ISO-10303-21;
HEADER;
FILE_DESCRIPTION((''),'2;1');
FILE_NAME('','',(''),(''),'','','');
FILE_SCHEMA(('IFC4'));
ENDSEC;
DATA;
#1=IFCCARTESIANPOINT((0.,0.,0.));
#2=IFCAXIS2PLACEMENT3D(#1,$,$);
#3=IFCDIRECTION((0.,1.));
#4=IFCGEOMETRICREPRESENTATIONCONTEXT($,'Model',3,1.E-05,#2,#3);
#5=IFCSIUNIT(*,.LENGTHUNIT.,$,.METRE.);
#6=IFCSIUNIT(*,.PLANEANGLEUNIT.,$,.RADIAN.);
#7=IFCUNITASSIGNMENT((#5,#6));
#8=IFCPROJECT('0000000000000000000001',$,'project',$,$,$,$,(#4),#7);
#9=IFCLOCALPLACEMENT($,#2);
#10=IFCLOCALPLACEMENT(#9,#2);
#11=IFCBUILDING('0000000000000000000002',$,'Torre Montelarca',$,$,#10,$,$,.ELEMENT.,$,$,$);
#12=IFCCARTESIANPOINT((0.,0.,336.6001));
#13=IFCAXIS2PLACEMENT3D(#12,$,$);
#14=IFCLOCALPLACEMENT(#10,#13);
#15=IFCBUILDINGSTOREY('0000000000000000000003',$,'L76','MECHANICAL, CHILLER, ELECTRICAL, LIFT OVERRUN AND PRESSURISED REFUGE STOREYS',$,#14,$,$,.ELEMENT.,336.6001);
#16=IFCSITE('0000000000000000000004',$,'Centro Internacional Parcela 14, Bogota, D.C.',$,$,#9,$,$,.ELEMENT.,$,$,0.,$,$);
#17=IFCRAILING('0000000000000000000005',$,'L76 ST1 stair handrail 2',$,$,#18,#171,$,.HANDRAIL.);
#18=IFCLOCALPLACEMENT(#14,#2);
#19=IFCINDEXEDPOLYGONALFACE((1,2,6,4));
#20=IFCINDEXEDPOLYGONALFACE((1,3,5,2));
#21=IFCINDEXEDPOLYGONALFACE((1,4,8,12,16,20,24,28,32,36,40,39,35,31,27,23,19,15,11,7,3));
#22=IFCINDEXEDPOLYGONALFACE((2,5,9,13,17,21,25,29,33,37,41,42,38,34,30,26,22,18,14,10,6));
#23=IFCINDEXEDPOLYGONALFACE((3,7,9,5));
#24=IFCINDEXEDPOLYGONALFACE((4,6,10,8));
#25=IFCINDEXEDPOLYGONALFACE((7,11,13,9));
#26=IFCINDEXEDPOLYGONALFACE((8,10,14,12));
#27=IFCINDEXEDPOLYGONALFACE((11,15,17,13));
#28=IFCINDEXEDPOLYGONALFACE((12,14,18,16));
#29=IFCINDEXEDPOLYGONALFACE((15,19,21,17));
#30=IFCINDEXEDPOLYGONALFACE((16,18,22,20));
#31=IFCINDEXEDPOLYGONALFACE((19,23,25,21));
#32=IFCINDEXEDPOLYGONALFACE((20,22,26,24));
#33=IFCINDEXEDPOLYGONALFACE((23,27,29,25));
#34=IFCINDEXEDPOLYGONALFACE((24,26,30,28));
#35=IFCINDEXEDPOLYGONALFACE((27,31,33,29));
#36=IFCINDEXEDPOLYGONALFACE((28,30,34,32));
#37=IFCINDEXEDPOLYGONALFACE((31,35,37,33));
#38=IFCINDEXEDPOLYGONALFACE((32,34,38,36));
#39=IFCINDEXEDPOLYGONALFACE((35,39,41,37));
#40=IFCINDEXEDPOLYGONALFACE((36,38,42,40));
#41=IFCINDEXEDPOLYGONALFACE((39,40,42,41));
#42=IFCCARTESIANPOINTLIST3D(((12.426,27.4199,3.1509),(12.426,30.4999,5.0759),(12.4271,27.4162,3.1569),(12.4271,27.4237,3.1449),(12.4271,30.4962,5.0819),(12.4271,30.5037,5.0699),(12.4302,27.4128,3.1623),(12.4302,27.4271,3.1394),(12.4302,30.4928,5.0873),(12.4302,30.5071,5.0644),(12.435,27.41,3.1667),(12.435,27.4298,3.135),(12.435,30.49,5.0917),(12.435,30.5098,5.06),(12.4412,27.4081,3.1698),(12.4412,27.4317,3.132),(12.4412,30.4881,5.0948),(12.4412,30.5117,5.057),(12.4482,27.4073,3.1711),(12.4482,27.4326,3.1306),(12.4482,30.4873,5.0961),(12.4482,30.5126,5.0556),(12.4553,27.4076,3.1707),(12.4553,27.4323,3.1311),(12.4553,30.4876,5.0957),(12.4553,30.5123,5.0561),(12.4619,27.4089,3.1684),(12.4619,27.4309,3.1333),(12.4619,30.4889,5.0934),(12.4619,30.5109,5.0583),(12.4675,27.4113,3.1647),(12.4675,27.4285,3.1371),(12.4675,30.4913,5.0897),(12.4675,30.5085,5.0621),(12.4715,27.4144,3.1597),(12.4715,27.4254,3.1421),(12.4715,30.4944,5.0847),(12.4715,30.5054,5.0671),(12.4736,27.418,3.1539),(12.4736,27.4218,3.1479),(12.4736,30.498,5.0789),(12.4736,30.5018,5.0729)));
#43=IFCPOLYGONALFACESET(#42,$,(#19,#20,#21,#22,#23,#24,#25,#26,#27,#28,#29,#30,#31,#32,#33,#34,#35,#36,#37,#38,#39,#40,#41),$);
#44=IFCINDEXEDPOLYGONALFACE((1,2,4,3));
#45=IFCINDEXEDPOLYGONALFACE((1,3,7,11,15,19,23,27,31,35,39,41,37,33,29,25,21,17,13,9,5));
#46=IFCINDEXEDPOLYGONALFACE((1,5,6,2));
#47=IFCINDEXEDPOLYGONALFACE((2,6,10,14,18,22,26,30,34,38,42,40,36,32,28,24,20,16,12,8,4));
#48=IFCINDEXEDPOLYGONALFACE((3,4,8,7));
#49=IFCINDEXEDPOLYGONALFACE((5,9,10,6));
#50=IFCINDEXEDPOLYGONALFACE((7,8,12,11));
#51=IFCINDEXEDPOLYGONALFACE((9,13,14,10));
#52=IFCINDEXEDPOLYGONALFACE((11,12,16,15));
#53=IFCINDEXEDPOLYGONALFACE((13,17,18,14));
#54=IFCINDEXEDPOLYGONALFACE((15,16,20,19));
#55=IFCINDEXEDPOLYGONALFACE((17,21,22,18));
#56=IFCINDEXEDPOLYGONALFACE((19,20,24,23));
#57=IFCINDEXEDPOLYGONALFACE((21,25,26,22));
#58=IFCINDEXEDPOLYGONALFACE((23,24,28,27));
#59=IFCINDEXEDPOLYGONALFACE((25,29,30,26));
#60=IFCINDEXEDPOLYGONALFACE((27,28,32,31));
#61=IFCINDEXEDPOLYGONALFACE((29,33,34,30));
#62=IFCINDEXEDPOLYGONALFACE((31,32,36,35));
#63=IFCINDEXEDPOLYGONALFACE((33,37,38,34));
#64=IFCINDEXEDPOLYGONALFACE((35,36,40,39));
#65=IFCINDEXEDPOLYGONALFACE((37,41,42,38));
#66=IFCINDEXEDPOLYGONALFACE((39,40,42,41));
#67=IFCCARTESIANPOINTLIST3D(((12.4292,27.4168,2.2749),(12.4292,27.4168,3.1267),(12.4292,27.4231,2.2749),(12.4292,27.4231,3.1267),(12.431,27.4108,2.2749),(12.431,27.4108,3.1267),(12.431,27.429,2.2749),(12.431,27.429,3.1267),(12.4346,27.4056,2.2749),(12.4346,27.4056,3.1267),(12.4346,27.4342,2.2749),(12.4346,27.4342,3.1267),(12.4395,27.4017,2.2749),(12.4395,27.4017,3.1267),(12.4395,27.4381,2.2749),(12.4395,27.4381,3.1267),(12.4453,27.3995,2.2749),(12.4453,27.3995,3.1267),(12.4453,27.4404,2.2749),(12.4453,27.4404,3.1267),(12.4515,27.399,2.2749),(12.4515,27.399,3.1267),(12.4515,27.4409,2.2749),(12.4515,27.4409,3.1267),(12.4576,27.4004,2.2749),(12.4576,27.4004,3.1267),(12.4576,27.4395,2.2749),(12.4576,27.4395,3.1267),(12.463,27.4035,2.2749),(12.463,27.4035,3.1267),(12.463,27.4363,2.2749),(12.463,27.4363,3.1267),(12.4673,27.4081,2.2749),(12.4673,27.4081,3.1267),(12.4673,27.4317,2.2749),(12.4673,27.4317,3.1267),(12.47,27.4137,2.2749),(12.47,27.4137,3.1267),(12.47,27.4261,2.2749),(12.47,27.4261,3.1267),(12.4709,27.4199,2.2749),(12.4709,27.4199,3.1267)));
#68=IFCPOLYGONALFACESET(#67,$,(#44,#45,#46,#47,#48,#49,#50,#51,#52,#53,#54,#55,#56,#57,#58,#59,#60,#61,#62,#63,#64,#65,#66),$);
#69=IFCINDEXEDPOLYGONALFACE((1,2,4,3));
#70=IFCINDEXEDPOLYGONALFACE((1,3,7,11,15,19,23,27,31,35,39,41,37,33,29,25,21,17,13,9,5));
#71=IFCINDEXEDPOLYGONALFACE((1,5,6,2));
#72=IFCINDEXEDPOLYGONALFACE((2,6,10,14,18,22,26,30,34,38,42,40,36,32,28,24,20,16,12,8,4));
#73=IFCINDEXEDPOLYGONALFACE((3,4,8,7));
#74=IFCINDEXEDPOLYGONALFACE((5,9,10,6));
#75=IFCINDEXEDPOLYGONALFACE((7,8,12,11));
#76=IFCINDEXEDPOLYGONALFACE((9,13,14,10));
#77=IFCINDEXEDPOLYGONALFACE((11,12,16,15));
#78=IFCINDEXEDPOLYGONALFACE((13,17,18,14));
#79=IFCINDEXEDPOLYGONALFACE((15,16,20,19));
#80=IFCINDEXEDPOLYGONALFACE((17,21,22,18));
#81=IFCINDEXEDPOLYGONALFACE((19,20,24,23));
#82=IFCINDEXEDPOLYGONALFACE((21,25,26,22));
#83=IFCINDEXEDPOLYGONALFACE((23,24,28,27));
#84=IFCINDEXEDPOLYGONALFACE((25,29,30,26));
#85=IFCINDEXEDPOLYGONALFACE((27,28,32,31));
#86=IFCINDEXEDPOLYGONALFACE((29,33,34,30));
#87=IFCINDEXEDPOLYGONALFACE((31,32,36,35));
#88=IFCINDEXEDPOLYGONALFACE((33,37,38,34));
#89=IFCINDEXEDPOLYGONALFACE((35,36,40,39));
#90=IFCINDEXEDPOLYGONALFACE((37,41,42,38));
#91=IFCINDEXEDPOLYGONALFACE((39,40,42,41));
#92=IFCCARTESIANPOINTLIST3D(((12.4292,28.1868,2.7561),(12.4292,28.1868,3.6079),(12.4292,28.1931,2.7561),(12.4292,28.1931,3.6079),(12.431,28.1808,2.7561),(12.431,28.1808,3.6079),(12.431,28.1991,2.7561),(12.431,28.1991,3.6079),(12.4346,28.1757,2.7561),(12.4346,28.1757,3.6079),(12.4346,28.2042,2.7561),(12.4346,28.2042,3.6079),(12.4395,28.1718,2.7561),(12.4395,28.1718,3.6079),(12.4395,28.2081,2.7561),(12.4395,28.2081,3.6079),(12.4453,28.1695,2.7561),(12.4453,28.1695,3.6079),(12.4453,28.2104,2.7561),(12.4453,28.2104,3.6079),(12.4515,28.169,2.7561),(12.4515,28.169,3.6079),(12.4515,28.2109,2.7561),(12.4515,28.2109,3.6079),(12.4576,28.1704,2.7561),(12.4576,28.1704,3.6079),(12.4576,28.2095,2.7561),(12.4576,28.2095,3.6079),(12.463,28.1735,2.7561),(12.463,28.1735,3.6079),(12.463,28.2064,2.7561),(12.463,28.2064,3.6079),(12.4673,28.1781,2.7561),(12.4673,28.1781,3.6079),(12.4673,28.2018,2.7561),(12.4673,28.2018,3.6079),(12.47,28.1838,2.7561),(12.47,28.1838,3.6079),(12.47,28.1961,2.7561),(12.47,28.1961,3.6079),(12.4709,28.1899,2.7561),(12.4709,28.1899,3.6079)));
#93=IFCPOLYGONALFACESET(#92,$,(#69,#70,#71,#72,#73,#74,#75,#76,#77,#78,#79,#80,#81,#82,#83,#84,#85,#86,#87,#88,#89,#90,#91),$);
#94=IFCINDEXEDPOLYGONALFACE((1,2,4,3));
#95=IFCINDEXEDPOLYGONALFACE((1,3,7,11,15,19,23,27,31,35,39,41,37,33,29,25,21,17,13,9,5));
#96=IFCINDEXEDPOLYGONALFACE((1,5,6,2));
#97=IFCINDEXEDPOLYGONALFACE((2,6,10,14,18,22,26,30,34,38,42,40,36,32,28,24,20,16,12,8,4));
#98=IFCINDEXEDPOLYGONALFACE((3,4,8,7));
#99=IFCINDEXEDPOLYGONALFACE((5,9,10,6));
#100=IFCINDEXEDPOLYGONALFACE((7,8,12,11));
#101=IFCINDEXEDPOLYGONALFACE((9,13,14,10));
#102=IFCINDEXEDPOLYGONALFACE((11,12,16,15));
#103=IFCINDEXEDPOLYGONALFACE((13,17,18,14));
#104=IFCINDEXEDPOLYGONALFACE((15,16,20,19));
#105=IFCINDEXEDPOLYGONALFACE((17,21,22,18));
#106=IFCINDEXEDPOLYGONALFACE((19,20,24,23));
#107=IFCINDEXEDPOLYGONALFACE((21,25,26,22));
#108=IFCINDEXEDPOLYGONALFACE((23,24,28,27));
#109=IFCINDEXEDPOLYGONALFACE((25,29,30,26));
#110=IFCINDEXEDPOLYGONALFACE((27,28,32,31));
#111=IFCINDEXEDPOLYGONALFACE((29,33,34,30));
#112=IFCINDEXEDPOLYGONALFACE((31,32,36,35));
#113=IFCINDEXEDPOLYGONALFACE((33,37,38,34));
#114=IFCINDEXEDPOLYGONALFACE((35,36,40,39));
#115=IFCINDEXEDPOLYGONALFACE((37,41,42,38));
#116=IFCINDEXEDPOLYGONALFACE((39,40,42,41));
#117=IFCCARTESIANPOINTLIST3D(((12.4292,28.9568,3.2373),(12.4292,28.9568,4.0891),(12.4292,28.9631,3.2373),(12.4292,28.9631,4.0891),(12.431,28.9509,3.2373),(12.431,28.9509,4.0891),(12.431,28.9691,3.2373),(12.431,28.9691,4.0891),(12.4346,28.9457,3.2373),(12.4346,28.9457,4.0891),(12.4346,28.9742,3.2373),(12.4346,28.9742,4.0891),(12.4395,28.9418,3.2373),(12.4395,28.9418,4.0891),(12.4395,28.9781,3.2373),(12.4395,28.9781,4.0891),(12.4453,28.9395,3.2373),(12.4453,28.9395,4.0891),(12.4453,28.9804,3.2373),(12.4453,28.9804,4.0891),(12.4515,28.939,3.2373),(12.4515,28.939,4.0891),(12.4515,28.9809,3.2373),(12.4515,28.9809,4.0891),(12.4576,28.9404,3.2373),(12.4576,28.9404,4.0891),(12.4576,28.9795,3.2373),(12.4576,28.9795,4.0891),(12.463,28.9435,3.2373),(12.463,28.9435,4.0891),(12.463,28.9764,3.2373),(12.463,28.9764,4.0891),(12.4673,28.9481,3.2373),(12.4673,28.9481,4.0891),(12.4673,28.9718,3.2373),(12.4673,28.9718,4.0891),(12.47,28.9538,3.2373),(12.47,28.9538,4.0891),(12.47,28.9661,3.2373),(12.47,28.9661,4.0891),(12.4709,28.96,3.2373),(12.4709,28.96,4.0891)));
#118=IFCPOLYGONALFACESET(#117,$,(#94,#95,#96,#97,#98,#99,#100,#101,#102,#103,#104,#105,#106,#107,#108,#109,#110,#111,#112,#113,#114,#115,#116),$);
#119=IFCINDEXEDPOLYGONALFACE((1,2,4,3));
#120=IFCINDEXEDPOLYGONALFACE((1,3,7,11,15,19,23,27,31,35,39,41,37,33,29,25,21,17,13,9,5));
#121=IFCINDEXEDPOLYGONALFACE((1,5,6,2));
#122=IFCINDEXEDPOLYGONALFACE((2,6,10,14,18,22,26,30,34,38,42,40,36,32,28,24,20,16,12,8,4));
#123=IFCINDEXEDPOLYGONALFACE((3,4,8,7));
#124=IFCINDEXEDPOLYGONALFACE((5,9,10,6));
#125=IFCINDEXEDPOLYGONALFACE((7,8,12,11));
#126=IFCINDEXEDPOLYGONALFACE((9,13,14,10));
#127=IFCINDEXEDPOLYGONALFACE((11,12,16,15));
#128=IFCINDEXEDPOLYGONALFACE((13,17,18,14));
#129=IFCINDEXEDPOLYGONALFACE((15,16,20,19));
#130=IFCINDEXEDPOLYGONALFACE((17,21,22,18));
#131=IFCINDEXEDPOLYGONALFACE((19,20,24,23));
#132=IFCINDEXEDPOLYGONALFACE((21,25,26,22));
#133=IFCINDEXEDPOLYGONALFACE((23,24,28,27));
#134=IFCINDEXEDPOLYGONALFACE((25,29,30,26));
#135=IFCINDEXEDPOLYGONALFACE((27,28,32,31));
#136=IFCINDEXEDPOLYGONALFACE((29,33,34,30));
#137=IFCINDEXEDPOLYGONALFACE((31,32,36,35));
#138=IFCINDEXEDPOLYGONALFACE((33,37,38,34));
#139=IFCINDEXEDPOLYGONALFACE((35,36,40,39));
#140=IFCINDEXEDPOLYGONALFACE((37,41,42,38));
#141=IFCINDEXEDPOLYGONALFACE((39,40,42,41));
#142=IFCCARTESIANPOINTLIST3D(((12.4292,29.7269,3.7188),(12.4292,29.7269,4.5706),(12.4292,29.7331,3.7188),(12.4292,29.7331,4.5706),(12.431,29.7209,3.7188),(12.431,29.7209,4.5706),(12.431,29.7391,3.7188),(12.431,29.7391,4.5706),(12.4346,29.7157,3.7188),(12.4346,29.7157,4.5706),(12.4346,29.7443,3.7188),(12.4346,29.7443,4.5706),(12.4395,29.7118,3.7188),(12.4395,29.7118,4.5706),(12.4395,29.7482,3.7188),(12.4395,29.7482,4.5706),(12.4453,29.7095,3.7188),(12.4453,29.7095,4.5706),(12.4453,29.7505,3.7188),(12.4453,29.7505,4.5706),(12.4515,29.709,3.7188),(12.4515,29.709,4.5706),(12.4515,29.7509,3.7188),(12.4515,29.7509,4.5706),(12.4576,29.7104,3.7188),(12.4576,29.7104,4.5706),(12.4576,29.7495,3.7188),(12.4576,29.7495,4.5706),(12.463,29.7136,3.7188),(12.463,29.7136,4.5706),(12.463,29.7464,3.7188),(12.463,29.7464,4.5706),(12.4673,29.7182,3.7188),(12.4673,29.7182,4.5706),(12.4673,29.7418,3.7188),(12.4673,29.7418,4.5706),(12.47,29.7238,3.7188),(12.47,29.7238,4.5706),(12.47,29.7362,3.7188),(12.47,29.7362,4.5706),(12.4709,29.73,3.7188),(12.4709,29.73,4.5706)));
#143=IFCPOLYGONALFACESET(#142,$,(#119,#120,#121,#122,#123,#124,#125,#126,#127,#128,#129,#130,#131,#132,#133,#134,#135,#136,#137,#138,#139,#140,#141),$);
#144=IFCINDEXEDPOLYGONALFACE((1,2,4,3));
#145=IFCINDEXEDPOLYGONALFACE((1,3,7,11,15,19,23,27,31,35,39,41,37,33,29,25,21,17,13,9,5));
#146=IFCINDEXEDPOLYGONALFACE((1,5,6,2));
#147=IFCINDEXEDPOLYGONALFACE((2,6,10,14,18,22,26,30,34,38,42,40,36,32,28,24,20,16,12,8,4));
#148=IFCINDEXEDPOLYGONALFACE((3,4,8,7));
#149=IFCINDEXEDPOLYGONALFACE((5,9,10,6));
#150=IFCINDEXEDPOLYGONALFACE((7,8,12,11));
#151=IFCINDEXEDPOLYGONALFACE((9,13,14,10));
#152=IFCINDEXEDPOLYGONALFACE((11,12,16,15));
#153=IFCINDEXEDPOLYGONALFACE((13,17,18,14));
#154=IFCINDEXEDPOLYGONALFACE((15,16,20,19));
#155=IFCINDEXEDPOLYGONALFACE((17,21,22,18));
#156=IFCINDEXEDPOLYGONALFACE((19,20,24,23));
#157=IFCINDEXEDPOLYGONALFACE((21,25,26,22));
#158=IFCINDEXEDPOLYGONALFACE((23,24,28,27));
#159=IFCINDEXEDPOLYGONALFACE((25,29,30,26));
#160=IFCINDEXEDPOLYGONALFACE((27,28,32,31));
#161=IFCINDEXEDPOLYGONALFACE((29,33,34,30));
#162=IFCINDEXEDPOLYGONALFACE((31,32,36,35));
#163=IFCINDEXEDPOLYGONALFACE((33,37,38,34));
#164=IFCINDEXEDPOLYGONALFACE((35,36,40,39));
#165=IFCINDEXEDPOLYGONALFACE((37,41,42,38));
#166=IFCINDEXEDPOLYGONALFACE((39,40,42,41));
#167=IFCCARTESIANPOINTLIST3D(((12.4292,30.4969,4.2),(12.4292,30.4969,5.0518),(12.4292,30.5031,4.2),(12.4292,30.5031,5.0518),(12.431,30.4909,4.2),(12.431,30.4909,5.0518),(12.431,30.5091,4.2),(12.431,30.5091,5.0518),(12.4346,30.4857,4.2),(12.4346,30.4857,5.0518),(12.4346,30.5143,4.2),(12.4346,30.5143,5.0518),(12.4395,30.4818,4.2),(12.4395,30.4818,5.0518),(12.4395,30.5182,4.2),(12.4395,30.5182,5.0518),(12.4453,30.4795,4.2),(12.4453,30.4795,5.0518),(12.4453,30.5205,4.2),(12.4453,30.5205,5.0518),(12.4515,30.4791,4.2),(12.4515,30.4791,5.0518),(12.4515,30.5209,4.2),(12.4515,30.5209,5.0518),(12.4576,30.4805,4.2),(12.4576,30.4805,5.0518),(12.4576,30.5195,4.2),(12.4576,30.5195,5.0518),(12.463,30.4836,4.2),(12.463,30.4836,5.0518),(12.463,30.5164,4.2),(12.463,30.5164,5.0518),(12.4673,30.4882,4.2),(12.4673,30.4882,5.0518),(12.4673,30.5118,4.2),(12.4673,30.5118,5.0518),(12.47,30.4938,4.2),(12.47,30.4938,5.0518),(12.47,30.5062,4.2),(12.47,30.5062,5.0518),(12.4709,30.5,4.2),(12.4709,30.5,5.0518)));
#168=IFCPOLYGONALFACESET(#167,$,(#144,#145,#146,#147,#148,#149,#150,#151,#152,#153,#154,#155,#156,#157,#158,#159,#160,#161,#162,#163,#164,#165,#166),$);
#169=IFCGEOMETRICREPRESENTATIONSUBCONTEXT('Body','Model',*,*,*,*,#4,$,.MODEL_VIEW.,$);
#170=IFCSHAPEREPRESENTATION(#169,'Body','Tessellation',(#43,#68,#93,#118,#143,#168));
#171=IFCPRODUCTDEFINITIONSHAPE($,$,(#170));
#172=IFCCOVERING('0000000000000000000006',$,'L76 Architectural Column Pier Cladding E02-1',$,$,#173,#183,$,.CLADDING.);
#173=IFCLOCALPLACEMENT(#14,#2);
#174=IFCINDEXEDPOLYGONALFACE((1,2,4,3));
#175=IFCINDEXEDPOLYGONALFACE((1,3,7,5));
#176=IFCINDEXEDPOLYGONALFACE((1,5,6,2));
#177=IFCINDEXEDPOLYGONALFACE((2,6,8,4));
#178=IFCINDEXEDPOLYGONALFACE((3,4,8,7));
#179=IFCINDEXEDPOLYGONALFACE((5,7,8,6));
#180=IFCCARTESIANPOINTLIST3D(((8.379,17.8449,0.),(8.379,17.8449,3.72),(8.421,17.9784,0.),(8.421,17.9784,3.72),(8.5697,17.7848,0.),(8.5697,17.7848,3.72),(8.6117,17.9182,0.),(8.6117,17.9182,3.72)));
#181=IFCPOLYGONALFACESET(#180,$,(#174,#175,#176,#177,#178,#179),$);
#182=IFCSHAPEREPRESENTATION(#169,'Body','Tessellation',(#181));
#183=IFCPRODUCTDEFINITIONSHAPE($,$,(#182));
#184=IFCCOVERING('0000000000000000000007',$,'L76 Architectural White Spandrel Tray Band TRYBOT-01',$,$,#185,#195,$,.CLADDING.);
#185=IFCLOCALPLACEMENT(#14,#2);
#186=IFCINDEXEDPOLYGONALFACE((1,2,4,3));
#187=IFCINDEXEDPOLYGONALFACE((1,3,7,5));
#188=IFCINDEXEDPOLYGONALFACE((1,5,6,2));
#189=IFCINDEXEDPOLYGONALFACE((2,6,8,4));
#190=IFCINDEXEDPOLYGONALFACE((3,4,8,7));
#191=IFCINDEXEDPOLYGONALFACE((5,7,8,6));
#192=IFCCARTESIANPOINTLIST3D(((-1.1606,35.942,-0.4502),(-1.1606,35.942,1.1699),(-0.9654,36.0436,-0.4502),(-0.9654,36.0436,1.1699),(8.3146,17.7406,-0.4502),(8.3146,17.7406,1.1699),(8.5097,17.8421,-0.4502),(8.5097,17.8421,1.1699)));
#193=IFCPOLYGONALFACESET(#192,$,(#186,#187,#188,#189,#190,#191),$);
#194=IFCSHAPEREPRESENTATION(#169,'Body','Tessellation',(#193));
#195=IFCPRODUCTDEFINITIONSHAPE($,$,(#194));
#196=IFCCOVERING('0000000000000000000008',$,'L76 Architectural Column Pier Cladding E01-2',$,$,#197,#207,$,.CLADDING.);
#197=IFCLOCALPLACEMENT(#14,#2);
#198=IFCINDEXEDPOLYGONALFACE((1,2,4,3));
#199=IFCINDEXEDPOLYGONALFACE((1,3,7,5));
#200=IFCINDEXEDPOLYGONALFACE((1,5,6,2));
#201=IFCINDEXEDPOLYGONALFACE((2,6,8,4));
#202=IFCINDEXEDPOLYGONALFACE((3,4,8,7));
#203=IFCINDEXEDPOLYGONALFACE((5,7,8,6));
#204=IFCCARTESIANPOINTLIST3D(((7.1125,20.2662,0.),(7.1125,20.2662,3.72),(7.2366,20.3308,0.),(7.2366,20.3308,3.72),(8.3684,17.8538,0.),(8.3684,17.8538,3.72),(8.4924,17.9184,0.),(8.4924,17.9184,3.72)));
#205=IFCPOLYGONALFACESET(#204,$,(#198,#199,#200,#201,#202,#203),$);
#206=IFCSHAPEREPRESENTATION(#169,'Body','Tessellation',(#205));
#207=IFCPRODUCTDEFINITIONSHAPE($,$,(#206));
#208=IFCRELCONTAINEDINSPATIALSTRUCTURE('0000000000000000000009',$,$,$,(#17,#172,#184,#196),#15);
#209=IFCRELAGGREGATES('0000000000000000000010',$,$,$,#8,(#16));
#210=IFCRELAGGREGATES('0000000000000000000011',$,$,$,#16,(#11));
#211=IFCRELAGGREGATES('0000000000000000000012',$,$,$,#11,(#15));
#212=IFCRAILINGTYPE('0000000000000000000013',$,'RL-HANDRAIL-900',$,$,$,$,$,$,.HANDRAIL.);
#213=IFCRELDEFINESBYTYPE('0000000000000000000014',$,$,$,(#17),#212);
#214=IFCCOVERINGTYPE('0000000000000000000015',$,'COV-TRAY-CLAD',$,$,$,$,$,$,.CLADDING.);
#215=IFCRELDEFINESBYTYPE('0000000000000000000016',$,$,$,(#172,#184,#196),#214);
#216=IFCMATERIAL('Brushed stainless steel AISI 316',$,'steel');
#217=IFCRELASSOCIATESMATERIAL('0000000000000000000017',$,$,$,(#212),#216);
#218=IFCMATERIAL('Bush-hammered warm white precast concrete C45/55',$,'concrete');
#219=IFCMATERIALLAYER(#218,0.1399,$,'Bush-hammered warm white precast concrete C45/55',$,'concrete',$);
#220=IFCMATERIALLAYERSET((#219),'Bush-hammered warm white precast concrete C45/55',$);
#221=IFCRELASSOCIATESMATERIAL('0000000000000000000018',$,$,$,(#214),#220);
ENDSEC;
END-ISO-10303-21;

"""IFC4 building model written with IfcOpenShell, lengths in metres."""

from ifc_helpers import new_model, si_unit, direction, frame, origin, origin_2d, place, context, subcontext, project, spatial, rectangle, circle, extrude, source, transform, mapped, material, layer, layer_set, type_object, element, save


model = new_model("IFC4")

# Units and contexts
model_context = context("Model", 3, precision=1e-05, world=origin(), true_north=direction((0.0, 1.0)))
body_context = subcontext(model_context, "Body", "Model", "MODEL_VIEW")
ifc_project = project(units=[si_unit("LENGTHUNIT", "METRE"), si_unit("PLANEANGLEUNIT", "RADIAN")], contexts=[model_context])

# Site, building, storey
site_placement = place(None, origin())
site = spatial("IfcSite", under=ifc_project, at=site_placement, Name="Centro Internacional Parcela 14, Bogota, D.C.", CompositionType="ELEMENT", RefElevation=0.0)
building_placement = place(site_placement, origin())
building = spatial("IfcBuilding", under=site, at=building_placement, Name="Torre Montelarca", CompositionType="ELEMENT")
storey_placement = place(building_placement, frame((0.0, 0.0, 336.6001)))
storey = spatial("IfcBuildingStorey", under=building, at=storey_placement, Name="L76", Description="MECHANICAL, CHILLER, ELECTRICAL, LIFT OVERRUN AND PRESSURISED REFUGE STOREYS", CompositionType="ELEMENT", Elevation=336.6001)

# Railing
ifc_material_1 = material(Name="Brushed stainless steel AISI 316", Category="steel")
railing_type_1 = type_object("IfcRailingType", Name="RL-HANDRAIL-900", PredefinedType="HANDRAIL", material=ifc_material_1)
railing_1_placement = place(storey_placement, frame((12.45, 27.4199, 2.2749)))
element("IfcRailing", 1, at=railing_1_placement, inside=storey, type_object=railing_type_1, Name="L76 ST1 stair handrail 2", PredefinedType="HANDRAIL", context=body_context, shape_type="SweptSolid", body=[
    extrude(circle(Radius=0.0239, at=origin_2d()), frame((0.0, 0.0, 0.876), z_axis=(0.0, 0.847998, 0.529999), x_axis=(-1.0, 0.0, 0.0)), (0.0, 0.0, 1.0), 3.6321),
    extrude(circle(Radius=0.021, at=origin_2d()), origin(), (0.0, 0.0, 1.0), 0.8518),
    extrude(circle(Radius=0.021, at=origin_2d()), frame((0.0, 0.77, 0.4812)), (0.0, 0.0, 1.0), 0.8518),
    extrude(circle(Radius=0.021, at=origin_2d()), frame((0.0, 1.54, 0.9624)), (0.0, 0.0, 1.0), 0.8518),
    extrude(circle(Radius=0.021, at=origin_2d()), frame((0.0, 2.3101, 1.4438)), (0.0, 0.0, 1.0), 0.8518),
    extrude(circle(Radius=0.021, at=origin_2d()), frame((0.0, 3.0801, 1.925)), (0.0, 0.0, 1.0), 0.8518),
])

# Coverings
ifc_material_2 = material(Name="Bush-hammered warm white precast concrete C45/55", Category="concrete")
ifc_layer_1 = layer(ifc_material_2, 0.1399, Name="Bush-hammered warm white precast concrete C45/55", Category="concrete")
ifc_layer_set_1 = layer_set([ifc_layer_1], Name="Bush-hammered warm white precast concrete C45/55")
covering_type = type_object("IfcCoveringType", Name="COV-TRAY-CLAD", PredefinedType="CLADDING", material=ifc_layer_set_1)
shared_shape_1 = source(origin(), body_context, "Body", "SweptSolid", [
    extrude(rectangle(XDim=0.2, YDim=0.1399, at=origin_2d()), origin(), (0.0, 0.0, 1.0), 3.72),
])
covering_1_placement = place(storey_placement, frame((8.4954, 17.8816, 0.0), z_axis=(0.0, 0.0, 1.0), x_axis=(0.953717, -0.300704, 0.0)))
element("IfcCovering", 2, at=covering_1_placement, inside=storey, type_object=covering_type, Name="L76 Architectural Column Pier Cladding E02-1", PredefinedType="CLADDING", context=body_context, shape_type="MappedRepresentation", body=[
    mapped(shared_shape_1, transform((0.0, 0.0, 0.0), scale=1.0)),
])
shared_shape_2 = source(origin(), body_context, "Body", "SweptSolid", [
    extrude(rectangle(XDim=20.52, YDim=0.22, at=origin_2d()), origin(), (0.0, 0.0, 1.0), 1.6201),
])
covering_2_placement = place(storey_placement, frame((3.6746, 26.8921, -0.4502), z_axis=(0.0, 0.0, 1.0), x_axis=(0.46175, -0.88701, 0.0)))
element("IfcCovering", 3, at=covering_2_placement, inside=storey, type_object=covering_type, Name="L76 Architectural White Spandrel Tray Band TRYBOT-01", PredefinedType="CLADDING", context=body_context, shape_type="MappedRepresentation", body=[
    mapped(shared_shape_2, transform((0.0, 0.0, 0.0), scale=1.0)),
])
shared_shape_3 = source(origin(), body_context, "Body", "SweptSolid", [
    extrude(rectangle(XDim=2.7197, YDim=0.1399, at=origin_2d()), origin(), (0.0, 0.0, 1.0), 3.72),
])
covering_3_placement = place(storey_placement, frame((7.8025, 19.0923, 0.0), z_axis=(0.0, 0.0, 1.0), x_axis=(0.461749, -0.887011, 0.0)))
element("IfcCovering", 4, at=covering_3_placement, inside=storey, type_object=covering_type, Name="L76 Architectural Column Pier Cladding E01-2", PredefinedType="CLADDING", context=body_context, shape_type="MappedRepresentation", body=[
    mapped(shared_shape_3, transform((0.0, 0.0, 0.0), scale=1.0)),
])

save(model, "model.ifc")
